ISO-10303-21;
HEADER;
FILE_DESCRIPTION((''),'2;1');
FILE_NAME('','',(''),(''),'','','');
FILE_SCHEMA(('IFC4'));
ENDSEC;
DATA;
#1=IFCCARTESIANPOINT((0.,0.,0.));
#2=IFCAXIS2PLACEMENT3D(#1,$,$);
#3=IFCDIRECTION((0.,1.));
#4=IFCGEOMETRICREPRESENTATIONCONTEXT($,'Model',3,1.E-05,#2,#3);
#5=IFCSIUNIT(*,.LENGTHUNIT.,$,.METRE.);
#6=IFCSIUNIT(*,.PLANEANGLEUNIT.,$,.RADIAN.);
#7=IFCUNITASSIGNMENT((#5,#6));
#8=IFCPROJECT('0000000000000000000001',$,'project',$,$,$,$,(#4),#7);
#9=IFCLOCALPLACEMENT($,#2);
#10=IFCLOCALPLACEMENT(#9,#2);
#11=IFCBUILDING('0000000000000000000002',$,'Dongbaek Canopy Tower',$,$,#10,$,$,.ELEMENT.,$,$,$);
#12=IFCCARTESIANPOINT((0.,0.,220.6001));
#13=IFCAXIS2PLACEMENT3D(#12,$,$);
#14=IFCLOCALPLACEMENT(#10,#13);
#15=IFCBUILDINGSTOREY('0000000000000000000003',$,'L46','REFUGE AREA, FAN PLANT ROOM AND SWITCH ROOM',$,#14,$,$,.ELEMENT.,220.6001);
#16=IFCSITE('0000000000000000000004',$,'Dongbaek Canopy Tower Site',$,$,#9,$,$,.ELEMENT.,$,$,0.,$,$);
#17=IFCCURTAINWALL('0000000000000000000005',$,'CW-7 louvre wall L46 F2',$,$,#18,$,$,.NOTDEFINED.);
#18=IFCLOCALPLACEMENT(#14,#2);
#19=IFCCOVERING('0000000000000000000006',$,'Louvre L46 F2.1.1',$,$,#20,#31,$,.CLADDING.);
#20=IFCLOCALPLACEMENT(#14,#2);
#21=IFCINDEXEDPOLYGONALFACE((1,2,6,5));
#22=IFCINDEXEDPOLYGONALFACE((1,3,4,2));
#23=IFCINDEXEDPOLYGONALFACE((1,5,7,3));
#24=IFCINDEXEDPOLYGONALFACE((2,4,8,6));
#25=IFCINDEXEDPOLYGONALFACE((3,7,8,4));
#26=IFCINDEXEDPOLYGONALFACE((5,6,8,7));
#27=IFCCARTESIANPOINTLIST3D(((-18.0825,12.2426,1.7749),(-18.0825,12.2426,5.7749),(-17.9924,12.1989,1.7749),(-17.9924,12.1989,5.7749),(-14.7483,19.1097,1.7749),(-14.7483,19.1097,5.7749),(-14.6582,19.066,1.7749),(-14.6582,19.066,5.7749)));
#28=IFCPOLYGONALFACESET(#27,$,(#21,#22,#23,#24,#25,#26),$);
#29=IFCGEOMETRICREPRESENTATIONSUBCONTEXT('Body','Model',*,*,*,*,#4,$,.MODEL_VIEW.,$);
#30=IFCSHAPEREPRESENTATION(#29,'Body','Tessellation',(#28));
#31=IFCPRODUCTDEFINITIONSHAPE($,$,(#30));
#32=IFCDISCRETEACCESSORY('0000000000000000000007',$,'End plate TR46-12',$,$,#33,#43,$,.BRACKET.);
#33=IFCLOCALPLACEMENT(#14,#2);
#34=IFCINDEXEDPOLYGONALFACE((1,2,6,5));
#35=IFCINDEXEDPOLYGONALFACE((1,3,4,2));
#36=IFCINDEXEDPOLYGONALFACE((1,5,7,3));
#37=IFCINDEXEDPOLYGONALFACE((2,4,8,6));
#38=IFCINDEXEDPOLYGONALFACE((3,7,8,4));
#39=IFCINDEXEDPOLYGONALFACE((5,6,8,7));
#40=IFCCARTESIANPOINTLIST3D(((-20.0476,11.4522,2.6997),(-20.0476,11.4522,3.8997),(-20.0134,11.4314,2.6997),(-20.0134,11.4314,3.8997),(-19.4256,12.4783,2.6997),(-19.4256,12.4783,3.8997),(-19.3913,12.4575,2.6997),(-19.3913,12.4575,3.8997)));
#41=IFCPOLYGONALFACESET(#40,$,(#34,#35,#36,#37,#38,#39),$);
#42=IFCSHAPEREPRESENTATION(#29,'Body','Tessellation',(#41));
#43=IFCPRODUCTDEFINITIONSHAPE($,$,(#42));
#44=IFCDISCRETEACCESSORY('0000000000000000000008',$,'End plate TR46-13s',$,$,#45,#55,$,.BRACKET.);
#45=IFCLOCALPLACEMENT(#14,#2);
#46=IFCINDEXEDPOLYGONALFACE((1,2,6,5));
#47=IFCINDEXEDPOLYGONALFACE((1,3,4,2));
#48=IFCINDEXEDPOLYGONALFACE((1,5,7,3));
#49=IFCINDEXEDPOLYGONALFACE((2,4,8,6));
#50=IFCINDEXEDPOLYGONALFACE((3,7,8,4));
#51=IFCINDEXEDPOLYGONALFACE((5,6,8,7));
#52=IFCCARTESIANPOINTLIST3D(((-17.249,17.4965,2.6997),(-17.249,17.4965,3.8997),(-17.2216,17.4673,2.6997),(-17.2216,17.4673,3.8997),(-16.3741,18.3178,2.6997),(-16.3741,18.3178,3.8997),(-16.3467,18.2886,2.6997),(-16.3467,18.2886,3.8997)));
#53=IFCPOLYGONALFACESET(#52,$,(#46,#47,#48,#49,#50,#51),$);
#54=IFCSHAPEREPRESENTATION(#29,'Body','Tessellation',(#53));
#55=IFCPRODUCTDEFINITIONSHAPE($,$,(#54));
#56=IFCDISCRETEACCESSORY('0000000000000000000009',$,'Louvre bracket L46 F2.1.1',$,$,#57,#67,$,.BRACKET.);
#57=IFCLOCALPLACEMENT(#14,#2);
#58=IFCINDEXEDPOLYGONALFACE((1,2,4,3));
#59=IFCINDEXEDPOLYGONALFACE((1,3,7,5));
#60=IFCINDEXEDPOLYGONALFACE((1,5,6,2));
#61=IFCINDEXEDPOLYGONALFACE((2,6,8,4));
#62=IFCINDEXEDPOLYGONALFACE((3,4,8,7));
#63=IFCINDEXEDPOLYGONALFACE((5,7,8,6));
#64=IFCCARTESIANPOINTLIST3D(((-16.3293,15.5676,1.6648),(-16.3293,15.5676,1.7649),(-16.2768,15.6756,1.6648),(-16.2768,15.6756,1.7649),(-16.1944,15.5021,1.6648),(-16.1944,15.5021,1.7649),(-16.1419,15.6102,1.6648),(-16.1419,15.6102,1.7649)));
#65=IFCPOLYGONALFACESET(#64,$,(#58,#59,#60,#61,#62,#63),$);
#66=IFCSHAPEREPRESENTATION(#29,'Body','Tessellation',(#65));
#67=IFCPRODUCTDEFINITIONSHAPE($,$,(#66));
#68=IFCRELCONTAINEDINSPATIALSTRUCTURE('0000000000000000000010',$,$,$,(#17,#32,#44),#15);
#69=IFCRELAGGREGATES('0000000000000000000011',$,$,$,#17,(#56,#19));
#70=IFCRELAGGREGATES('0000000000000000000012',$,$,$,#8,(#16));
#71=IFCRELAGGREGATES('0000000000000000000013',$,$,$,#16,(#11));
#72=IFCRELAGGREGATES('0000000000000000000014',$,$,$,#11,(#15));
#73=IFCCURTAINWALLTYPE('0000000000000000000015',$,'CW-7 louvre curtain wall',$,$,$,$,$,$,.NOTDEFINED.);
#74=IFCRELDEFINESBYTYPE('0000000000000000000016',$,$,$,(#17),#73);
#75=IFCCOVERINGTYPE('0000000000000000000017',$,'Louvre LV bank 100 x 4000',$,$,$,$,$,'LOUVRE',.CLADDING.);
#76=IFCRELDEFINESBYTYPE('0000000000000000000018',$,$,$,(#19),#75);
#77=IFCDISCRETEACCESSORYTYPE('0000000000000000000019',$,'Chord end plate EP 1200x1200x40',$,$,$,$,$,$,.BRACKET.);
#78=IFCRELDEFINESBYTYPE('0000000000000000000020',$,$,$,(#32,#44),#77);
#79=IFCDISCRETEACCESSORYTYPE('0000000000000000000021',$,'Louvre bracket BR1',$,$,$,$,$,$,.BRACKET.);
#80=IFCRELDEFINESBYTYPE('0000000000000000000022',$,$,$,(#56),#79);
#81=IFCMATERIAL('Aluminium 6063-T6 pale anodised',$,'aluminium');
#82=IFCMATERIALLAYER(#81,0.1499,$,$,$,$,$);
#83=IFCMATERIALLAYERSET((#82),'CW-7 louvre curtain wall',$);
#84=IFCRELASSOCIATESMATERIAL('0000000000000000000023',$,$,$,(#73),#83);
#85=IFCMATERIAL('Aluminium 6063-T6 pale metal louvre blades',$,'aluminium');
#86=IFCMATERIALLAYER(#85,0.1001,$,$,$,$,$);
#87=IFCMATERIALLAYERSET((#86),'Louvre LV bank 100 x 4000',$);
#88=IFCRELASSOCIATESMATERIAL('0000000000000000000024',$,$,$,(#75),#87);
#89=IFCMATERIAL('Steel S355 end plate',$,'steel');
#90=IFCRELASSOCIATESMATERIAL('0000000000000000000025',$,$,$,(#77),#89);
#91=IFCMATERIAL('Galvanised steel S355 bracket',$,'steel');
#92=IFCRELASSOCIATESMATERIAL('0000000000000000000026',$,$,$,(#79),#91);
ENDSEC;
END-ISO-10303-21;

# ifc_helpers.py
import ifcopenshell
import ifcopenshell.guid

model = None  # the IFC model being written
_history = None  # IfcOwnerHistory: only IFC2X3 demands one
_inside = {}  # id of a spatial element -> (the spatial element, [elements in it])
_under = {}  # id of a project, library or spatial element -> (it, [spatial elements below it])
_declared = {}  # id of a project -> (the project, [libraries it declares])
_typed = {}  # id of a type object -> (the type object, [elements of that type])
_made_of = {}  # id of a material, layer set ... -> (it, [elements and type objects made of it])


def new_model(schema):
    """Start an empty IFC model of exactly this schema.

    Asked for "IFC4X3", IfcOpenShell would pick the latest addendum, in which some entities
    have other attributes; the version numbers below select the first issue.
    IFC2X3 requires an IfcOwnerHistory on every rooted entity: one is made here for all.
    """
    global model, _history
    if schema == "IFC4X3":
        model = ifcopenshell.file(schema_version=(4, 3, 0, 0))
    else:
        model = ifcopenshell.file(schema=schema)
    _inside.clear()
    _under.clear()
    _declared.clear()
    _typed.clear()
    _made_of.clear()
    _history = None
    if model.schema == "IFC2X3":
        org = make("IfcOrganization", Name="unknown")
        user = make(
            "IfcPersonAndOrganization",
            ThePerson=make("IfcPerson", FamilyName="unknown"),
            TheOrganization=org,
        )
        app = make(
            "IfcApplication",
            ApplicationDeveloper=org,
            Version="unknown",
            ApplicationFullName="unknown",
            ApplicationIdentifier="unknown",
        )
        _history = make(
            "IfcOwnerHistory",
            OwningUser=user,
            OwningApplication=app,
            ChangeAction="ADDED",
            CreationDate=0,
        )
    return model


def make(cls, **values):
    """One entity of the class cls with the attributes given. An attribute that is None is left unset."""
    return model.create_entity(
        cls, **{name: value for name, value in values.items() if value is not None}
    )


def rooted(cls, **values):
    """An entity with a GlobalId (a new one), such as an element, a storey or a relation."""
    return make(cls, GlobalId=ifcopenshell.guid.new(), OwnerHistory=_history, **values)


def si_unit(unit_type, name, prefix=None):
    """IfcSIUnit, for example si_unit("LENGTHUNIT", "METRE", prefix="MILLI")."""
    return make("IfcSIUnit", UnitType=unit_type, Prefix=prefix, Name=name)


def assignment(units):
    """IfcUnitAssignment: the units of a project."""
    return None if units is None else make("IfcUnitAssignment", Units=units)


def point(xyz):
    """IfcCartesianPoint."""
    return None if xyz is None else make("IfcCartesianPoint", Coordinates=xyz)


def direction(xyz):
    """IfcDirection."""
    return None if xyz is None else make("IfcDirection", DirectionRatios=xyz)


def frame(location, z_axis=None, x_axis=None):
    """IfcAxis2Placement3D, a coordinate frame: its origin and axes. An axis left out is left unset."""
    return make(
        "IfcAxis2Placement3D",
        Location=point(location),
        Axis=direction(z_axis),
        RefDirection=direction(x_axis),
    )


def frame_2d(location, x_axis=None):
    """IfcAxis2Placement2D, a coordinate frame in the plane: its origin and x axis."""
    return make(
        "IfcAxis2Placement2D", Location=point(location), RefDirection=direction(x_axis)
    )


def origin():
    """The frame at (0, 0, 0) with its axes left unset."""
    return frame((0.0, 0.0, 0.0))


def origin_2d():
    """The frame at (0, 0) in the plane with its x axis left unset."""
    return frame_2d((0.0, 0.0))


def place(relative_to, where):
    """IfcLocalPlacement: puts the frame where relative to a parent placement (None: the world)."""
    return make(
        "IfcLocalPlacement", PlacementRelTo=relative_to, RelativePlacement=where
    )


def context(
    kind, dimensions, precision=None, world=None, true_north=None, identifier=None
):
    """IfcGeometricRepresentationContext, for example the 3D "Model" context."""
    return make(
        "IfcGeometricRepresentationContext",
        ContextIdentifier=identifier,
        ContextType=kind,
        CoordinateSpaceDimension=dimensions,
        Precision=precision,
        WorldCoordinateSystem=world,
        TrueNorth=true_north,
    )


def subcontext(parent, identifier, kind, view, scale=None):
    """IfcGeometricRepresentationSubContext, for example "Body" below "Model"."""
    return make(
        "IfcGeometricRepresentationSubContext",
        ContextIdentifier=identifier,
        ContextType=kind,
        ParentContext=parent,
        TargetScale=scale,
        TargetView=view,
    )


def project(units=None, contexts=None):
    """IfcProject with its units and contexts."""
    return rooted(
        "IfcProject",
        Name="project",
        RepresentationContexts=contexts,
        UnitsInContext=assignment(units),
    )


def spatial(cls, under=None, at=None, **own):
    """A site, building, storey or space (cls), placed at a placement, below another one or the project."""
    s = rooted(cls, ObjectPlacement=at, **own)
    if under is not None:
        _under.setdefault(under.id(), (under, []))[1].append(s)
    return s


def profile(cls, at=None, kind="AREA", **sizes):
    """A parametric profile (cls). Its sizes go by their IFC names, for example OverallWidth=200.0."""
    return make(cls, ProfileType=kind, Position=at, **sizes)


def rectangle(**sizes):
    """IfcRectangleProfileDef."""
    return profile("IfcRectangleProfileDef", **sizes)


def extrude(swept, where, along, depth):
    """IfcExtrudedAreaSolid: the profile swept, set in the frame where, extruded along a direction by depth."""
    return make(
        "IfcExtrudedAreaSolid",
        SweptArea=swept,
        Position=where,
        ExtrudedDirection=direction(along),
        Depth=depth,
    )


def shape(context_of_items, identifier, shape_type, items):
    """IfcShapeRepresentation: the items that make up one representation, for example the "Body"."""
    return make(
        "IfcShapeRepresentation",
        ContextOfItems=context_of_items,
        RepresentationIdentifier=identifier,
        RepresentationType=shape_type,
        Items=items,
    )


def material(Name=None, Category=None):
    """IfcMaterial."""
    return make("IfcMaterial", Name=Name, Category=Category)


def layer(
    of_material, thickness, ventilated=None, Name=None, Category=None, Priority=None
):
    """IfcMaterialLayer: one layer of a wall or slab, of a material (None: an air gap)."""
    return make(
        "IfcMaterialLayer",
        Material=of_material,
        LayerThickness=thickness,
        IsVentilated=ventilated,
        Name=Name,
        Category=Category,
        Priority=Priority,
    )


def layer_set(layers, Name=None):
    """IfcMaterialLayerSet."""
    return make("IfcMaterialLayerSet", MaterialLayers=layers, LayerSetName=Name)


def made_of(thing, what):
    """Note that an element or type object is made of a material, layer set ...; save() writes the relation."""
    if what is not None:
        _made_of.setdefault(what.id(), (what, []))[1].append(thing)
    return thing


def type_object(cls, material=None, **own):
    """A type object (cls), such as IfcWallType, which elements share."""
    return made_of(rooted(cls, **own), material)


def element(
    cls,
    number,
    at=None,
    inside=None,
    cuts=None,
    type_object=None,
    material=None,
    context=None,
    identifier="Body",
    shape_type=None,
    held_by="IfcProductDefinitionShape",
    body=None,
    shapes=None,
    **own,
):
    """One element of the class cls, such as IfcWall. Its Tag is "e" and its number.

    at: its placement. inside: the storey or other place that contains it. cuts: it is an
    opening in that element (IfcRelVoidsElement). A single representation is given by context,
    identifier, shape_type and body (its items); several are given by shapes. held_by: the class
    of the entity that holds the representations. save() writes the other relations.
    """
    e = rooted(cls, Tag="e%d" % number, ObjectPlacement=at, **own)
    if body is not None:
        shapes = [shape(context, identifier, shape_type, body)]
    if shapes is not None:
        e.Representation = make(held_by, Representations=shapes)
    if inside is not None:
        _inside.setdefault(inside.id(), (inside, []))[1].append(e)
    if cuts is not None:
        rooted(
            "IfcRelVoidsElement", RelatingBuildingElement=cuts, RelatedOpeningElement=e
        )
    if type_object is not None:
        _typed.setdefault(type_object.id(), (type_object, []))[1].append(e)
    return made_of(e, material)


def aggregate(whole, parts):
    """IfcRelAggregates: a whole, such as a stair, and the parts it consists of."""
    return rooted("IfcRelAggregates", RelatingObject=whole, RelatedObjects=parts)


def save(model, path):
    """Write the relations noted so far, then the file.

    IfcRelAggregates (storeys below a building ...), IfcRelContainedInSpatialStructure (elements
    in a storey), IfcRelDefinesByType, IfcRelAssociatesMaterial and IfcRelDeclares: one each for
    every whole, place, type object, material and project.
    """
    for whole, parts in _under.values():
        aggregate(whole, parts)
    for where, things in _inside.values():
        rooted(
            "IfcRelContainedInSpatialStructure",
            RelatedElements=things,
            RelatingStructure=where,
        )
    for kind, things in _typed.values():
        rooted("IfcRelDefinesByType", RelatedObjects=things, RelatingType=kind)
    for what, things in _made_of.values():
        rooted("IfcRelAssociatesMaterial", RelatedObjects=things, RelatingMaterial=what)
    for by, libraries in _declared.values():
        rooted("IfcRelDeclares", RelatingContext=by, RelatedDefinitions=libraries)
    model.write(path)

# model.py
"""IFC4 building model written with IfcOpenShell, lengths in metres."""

from ifc_helpers import new_model, si_unit, direction, frame, origin, origin_2d, place, context, subcontext, project, spatial, rectangle, extrude, material, layer, layer_set, type_object, element, aggregate, save


model = new_model("IFC4")

# Units and contexts
model_context = context("Model", 3, precision=1e-05, world=origin(), true_north=direction((0.0, 1.0)))
body_context = subcontext(model_context, "Body", "Model", "MODEL_VIEW")
ifc_project = project(units=[si_unit("LENGTHUNIT", "METRE"), si_unit("PLANEANGLEUNIT", "RADIAN")], contexts=[model_context])

# Site, building, storey
site_placement = place(None, origin())
site = spatial("IfcSite", under=ifc_project, at=site_placement, Name="Dongbaek Canopy Tower Site", CompositionType="ELEMENT", RefElevation=0.0)
building_placement = place(site_placement, origin())
building = spatial("IfcBuilding", under=site, at=building_placement, Name="Dongbaek Canopy Tower", CompositionType="ELEMENT")
storey_placement = place(building_placement, frame((0.0, 0.0, 220.6001)))
storey = spatial("IfcBuildingStorey", under=building, at=storey_placement, Name="L46", Description="REFUGE AREA, FAN PLANT ROOM AND SWITCH ROOM", CompositionType="ELEMENT", Elevation=220.6001)

# Curtain wall
ifc_material_1 = material(Name="Aluminium 6063-T6 pale anodised", Category="aluminium")
ifc_layer_1 = layer(ifc_material_1, 0.1499)
ifc_layer_set_1 = layer_set([ifc_layer_1], Name="CW-7 louvre curtain wall")
curtain_wall_type = type_object("IfcCurtainWallType", Name="CW-7 louvre curtain wall", PredefinedType="NOTDEFINED", material=ifc_layer_set_1)
curtain_wall_placement = place(storey_placement, origin())
curtain_wall = element("IfcCurtainWall", 1, at=curtain_wall_placement, inside=storey, type_object=curtain_wall_type, Name="CW-7 louvre wall L46 F2", PredefinedType="NOTDEFINED")

# Covering
ifc_material_2 = material(Name="Aluminium 6063-T6 pale metal louvre blades", Category="aluminium")
ifc_layer_2 = layer(ifc_material_2, 0.1001)
ifc_layer_set_2 = layer_set([ifc_layer_2], Name="Louvre LV bank 100 x 4000")
covering_type = type_object("IfcCoveringType", Name="Louvre LV bank 100 x 4000", ElementType="LOUVRE", PredefinedType="CLADDING", material=ifc_layer_set_2)
covering_placement = place(storey_placement, frame((-16.3704, 15.6543, 1.7749), z_axis=(0.0, 0.0, 1.0), x_axis=(-0.436767, -0.899575, 0.0)))
covering = element("IfcCovering", 2, at=covering_placement, type_object=covering_type, Name="Louvre L46 F2.1.1", PredefinedType="CLADDING", context=body_context, shape_type="SweptSolid", body=[
    extrude(rectangle(XDim=7.6338, YDim=0.1001, at=origin_2d()), origin(), (0.0, 0.0, 1.0), 4.0),
])

# Discrete accessories
ifc_material_3 = material(Name="Steel S355 end plate", Category="steel")
discrete_accessory_type_1 = type_object("IfcDiscreteAccessoryType", Name="Chord end plate EP 1200x1200x40", PredefinedType="BRACKET", material=ifc_material_3)
for number, where, z_axis, x_axis, name in (
    (3, (-19.7195, 11.9548, 2.6997), (0.0, 0.0, 1.0), (0.855128, -0.518417, 0.0), "End plate TR46-12"),
    (4, (-16.7979, 17.8926, 2.6997), (0.0, 0.0, 1.0), (0.684453, -0.729057, 0.0), "End plate TR46-13s"),
):
    element("IfcDiscreteAccessory", number, at=place(storey_placement, frame(where, z_axis=z_axis, x_axis=x_axis)), inside=storey, type_object=discrete_accessory_type_1, Name=name, PredefinedType="BRACKET", context=body_context, shape_type="SweptSolid", body=[
        extrude(rectangle(XDim=0.04, YDim=1.2, at=origin_2d()), origin(), (0.0, 0.0, 1.0), 1.2),
    ])

# Discrete accessory
ifc_material_4 = material(Name="Galvanised steel S355 bracket", Category="steel")
discrete_accessory_type_2 = type_object("IfcDiscreteAccessoryType", Name="Louvre bracket BR1", PredefinedType="BRACKET", material=ifc_material_4)
discrete_accessory_placement = place(storey_placement, frame((-16.2356, 15.5889, 1.6648), z_axis=(0.0, 0.0, 1.0), x_axis=(-0.436767, -0.899575, 0.0)))
discrete_accessory = element("IfcDiscreteAccessory", 5, at=discrete_accessory_placement, type_object=discrete_accessory_type_2, Name="Louvre bracket L46 F2.1.1", PredefinedType="BRACKET", context=body_context, shape_type="SweptSolid", body=[
    extrude(rectangle(XDim=0.1201, YDim=0.1499, at=origin_2d()), origin(), (0.0, 0.0, 1.0), 0.1001),
])
aggregate(curtain_wall, [discrete_accessory, covering])

save(model, "model.ifc")
